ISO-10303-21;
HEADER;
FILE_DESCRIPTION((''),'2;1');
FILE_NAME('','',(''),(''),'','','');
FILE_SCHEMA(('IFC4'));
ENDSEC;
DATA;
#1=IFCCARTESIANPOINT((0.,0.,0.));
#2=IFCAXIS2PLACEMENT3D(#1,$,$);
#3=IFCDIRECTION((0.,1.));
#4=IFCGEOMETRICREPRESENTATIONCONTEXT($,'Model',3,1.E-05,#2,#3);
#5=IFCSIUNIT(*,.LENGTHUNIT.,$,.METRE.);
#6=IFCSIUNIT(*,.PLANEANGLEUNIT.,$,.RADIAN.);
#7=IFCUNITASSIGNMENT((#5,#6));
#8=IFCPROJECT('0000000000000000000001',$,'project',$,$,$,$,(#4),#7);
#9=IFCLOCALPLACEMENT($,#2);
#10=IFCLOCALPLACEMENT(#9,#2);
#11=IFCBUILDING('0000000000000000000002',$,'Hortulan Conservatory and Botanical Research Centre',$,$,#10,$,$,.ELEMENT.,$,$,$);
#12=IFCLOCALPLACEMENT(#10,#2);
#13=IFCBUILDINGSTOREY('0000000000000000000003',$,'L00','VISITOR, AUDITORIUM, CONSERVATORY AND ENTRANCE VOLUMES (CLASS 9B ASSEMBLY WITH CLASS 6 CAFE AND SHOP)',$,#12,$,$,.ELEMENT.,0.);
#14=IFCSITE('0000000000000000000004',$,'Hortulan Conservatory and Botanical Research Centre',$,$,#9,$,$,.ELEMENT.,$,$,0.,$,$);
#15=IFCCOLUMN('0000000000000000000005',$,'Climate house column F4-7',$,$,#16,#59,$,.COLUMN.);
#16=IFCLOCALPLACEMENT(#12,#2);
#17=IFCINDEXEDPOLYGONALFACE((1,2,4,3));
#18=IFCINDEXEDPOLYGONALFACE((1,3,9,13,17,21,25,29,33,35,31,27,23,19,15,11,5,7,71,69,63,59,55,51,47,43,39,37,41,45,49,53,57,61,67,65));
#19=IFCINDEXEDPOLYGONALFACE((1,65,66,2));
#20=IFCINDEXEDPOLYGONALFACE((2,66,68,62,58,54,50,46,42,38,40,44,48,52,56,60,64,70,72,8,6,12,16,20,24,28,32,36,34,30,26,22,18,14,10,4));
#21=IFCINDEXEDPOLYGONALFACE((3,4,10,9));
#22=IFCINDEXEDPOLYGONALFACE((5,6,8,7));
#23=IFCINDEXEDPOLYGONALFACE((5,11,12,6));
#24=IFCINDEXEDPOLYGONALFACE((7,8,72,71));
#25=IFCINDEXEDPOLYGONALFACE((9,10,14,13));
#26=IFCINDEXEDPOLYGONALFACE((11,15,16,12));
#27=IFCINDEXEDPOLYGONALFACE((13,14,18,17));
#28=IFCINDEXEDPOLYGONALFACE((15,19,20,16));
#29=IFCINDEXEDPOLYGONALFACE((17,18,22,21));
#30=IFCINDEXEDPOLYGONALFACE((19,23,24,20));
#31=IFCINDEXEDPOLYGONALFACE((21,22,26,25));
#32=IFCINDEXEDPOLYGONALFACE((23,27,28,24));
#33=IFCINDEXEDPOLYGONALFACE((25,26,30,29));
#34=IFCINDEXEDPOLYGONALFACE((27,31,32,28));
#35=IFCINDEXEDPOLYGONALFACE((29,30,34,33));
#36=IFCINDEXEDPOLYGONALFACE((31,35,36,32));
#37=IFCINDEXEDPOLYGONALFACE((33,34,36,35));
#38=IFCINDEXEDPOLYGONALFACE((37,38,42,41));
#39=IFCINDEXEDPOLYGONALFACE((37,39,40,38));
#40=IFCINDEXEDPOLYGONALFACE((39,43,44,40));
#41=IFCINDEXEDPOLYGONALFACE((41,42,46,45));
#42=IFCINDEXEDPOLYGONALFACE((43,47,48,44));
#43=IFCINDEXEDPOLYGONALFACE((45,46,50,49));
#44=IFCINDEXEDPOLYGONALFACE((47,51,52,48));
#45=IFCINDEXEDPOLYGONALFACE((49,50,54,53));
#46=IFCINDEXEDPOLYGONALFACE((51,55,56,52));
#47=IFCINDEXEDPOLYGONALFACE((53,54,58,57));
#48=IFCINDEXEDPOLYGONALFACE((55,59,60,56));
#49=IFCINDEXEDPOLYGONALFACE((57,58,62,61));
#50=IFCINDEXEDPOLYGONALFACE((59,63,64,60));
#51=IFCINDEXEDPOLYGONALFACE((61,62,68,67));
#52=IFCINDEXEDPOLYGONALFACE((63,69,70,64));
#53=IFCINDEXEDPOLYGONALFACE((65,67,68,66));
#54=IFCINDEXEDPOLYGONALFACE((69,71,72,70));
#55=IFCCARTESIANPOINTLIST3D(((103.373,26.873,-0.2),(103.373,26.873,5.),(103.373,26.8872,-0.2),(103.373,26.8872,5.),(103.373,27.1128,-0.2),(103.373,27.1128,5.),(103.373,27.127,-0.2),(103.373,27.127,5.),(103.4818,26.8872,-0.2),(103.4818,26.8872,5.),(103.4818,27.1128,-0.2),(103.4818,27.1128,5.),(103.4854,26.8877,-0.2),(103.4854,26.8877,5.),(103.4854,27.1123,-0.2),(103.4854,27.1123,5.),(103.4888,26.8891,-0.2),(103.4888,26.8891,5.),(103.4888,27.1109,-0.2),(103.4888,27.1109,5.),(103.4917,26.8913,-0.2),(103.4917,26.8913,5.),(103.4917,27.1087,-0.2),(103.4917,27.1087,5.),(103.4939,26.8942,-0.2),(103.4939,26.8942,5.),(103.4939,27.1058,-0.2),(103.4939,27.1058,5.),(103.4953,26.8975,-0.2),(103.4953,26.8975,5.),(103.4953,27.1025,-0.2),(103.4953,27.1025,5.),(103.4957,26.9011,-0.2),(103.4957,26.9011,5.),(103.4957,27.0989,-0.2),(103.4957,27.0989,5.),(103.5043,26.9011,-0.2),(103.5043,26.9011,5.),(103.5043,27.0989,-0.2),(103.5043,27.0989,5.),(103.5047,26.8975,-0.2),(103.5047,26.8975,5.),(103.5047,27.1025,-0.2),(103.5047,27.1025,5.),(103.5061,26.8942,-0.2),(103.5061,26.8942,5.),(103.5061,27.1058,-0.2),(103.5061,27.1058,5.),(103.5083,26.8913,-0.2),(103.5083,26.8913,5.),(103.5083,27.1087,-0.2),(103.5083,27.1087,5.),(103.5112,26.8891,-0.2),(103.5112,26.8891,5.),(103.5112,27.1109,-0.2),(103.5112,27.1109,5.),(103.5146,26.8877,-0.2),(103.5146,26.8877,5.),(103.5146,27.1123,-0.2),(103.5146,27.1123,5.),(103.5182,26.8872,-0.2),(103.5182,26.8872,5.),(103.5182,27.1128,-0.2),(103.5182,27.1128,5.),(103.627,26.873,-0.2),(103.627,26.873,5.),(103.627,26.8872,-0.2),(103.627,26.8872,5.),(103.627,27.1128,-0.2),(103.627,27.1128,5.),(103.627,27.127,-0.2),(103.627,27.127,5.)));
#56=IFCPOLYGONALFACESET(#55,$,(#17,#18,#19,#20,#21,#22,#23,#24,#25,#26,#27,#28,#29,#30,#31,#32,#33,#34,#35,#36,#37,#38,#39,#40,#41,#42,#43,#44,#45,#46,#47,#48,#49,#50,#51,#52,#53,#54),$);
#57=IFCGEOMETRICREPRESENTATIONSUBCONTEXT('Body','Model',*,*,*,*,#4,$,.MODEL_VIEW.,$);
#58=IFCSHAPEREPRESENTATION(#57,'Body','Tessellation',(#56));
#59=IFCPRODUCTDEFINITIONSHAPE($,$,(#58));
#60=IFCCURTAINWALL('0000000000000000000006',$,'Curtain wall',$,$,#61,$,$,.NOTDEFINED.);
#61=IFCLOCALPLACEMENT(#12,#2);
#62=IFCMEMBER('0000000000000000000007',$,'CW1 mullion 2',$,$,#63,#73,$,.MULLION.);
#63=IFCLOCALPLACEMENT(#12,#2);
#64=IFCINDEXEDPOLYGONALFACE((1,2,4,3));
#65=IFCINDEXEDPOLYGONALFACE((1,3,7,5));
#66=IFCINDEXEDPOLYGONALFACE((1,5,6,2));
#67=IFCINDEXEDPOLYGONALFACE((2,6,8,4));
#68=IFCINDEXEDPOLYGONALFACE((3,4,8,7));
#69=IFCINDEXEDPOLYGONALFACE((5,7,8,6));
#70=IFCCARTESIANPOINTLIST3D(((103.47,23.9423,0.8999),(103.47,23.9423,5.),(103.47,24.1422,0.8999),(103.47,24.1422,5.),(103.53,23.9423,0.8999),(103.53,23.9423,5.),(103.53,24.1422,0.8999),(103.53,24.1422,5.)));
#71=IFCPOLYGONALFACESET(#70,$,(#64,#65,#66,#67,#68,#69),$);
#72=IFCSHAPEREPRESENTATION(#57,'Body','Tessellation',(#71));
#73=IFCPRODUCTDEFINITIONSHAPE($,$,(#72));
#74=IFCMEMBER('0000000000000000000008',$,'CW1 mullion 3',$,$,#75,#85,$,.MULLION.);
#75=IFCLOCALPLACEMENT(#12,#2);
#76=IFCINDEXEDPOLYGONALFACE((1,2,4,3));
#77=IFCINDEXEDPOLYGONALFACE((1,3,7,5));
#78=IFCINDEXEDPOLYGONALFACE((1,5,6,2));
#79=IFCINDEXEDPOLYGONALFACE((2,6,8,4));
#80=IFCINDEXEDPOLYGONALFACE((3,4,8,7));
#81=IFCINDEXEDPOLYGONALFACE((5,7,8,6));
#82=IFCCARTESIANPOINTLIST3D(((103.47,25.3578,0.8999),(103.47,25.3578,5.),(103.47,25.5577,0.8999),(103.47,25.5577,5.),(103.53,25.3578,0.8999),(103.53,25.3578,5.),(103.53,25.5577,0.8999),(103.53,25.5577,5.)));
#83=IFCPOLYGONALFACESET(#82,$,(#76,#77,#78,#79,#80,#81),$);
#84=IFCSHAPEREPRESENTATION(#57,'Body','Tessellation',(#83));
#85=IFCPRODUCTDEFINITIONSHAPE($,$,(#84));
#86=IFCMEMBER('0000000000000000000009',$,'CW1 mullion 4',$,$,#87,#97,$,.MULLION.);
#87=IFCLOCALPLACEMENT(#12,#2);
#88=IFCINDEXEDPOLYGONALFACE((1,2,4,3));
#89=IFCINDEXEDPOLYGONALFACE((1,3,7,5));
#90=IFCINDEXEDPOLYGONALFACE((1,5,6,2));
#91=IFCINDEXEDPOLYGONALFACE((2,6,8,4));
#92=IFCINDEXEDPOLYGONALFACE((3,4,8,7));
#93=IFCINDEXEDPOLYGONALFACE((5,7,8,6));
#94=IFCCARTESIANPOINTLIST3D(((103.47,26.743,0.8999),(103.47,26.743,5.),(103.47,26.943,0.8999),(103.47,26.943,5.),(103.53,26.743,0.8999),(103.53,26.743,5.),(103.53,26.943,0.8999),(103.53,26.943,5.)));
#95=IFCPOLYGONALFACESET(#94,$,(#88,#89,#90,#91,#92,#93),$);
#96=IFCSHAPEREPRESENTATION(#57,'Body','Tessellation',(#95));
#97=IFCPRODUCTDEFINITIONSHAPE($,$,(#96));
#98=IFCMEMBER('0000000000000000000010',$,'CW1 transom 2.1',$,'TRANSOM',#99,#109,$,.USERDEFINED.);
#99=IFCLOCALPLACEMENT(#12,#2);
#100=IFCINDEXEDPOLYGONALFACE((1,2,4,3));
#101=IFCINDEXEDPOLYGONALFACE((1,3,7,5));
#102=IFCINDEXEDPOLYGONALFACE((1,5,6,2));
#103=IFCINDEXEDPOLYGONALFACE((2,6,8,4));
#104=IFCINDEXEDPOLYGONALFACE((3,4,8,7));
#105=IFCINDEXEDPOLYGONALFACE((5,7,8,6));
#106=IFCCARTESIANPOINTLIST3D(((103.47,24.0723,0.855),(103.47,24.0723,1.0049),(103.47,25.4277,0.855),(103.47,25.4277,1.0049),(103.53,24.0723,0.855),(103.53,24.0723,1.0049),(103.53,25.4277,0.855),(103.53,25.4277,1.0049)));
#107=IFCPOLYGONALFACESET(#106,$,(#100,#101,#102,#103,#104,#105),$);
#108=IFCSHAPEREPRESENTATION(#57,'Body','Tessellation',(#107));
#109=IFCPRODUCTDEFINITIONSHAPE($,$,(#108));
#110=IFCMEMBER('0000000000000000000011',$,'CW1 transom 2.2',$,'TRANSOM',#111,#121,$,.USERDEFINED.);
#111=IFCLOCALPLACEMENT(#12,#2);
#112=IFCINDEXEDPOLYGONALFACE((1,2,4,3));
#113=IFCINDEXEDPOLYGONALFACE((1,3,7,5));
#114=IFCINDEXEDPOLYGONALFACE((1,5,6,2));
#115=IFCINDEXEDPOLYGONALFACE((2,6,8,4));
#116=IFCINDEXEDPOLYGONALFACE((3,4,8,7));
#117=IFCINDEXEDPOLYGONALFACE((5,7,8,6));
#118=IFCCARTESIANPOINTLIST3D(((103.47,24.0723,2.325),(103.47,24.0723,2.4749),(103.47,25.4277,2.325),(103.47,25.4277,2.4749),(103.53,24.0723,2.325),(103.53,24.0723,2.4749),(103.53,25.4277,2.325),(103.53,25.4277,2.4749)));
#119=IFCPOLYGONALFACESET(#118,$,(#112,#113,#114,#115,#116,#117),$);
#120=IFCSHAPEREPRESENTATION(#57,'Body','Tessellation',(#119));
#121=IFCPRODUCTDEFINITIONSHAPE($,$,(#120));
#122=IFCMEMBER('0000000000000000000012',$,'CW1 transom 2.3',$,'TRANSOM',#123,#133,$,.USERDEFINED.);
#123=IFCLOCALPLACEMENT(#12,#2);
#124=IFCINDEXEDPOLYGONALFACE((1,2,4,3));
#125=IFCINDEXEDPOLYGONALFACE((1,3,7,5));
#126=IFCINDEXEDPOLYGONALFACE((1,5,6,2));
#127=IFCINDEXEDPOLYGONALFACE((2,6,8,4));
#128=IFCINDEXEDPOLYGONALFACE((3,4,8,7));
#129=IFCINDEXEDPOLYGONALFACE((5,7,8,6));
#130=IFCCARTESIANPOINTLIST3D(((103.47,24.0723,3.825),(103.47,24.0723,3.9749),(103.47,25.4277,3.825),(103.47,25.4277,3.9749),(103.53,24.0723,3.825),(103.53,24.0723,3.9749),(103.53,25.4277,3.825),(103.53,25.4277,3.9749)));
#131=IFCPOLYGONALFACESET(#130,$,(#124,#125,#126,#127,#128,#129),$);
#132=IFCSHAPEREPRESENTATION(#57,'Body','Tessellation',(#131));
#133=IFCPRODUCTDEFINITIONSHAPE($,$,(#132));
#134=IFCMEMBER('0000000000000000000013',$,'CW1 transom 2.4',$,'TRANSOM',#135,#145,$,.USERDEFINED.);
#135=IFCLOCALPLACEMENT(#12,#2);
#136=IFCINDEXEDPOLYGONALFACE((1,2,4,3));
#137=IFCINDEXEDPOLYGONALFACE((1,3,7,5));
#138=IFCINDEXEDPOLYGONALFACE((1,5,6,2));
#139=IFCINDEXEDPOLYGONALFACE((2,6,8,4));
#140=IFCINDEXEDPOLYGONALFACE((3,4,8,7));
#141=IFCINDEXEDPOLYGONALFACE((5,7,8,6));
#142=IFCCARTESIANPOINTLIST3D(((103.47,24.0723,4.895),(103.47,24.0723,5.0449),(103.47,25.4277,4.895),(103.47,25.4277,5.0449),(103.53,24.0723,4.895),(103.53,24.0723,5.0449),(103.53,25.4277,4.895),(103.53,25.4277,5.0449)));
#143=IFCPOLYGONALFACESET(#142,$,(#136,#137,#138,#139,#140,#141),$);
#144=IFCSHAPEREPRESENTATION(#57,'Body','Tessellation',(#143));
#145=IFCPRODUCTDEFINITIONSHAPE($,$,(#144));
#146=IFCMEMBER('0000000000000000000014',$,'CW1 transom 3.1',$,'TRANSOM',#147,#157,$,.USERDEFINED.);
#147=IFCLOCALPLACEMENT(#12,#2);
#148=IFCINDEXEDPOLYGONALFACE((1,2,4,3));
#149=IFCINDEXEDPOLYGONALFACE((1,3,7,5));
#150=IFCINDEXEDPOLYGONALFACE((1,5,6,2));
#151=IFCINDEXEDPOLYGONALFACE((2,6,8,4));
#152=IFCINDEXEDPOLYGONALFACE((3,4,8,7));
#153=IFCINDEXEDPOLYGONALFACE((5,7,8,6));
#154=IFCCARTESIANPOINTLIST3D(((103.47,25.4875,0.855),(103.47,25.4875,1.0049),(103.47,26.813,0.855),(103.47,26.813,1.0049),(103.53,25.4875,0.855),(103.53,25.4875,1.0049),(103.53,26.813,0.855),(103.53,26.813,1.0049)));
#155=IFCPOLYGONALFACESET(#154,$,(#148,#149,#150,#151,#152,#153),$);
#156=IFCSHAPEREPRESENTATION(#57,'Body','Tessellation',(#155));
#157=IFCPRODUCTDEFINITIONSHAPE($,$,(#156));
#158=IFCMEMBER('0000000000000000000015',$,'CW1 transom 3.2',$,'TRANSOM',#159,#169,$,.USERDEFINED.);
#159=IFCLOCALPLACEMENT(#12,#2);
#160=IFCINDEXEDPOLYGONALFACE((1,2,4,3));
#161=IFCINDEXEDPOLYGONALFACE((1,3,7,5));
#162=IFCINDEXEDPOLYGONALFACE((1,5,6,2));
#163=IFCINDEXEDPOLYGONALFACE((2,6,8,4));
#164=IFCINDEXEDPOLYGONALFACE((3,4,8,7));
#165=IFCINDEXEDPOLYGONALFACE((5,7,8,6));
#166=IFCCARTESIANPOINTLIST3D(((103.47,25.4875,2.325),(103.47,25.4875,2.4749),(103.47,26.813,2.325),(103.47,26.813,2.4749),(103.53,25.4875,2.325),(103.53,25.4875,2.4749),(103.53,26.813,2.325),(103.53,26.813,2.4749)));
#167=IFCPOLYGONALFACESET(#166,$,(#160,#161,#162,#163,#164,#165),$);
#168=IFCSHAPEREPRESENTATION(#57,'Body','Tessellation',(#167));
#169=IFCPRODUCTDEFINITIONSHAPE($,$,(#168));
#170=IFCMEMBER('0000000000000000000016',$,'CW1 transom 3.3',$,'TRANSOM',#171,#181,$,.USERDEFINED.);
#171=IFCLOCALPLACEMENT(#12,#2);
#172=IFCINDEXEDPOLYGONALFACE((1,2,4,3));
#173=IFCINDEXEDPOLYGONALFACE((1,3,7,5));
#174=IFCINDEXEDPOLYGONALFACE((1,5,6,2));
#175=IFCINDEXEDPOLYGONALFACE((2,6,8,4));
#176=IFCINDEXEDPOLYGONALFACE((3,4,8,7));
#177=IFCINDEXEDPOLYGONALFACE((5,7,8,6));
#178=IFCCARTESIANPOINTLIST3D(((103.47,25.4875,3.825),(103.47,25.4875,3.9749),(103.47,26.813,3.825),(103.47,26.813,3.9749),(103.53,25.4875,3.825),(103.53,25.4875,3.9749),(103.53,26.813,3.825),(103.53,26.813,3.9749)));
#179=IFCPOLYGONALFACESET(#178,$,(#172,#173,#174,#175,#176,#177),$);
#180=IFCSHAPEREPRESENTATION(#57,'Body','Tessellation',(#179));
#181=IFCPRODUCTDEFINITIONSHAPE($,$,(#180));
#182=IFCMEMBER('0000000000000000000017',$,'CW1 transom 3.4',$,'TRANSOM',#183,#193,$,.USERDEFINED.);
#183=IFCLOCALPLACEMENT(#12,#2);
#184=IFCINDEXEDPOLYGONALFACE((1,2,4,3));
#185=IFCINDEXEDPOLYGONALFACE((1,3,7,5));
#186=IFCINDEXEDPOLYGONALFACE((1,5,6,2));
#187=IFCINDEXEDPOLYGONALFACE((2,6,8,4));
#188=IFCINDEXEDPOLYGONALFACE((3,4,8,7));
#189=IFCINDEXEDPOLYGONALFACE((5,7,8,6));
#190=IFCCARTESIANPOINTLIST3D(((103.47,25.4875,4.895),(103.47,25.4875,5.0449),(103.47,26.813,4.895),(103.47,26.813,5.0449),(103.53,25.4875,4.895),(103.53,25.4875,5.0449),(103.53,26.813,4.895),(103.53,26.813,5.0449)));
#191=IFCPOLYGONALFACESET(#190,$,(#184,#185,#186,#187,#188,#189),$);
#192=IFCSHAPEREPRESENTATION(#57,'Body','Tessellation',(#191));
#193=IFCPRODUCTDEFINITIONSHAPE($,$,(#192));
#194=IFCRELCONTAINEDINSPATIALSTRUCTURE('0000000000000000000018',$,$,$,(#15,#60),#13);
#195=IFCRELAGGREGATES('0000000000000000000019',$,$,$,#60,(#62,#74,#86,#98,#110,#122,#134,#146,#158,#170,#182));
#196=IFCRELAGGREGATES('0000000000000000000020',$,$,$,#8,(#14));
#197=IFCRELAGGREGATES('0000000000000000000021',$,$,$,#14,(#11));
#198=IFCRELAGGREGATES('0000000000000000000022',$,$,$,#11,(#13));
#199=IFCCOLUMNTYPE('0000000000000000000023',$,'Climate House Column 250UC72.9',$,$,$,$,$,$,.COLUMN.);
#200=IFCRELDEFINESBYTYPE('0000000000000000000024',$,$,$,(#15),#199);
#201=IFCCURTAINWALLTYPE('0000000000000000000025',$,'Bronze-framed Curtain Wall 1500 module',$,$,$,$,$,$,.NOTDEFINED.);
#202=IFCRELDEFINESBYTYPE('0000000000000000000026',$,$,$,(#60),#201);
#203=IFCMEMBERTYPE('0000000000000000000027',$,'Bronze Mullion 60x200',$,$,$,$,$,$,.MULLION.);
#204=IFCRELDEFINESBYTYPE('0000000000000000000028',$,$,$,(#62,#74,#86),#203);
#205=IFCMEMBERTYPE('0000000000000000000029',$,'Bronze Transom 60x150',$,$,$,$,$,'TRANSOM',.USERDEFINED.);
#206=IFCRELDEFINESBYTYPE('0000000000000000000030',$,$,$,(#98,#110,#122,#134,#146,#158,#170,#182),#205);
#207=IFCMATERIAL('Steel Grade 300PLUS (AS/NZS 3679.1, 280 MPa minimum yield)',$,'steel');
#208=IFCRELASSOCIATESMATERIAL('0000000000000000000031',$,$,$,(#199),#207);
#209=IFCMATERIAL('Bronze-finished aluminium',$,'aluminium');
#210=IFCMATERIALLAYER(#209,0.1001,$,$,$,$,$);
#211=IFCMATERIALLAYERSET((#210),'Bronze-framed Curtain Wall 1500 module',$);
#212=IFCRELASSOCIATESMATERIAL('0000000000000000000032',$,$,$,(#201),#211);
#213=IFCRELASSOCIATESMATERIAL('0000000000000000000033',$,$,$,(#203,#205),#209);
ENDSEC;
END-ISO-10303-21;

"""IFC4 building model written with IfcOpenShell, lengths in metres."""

from ifc_helpers import new_model, si_unit, direction, frame, origin, origin_2d, place, context, subcontext, project, spatial, rectangle, i_section, extrude, material, layer, layer_set, material_profile, profile_set, type_object, element, aggregate, save


model = new_model("IFC4")

# Units and contexts
model_context = context("Model", 3, precision=1e-05, world=origin(), true_north=direction((0.0, 1.0)))
body_context = subcontext(model_context, "Body", "Model", "MODEL_VIEW")
ifc_project = project(units=[si_unit("LENGTHUNIT", "METRE"), si_unit("PLANEANGLEUNIT", "RADIAN")], contexts=[model_context])

# Site, building, storey
site_placement = place(None, origin())
site = spatial("IfcSite", under=ifc_project, at=site_placement, Name="Hortulan Conservatory and Botanical Research Centre", CompositionType="ELEMENT", RefElevation=0.0)
building_placement = place(site_placement, origin())
building = spatial("IfcBuilding", under=site, at=building_placement, Name="Hortulan Conservatory and Botanical Research Centre", CompositionType="ELEMENT")
storey_placement = place(building_placement, origin())
storey = spatial("IfcBuildingStorey", under=building, at=storey_placement, Name="L00", Description="VISITOR, AUDITORIUM, CONSERVATORY AND ENTRANCE VOLUMES (CLASS 9B ASSEMBLY WITH CLASS 6 CAFE AND SHOP)", CompositionType="ELEMENT", Elevation=0.0)

# Column
ifc_material_1 = material(Name="Steel Grade 300PLUS (AS/NZS 3679.1, 280 MPa minimum yield)", Category="steel")
ifc_material_profile_1 = material_profile(ifc_material_1, i_section(OverallWidth=0.2539, OverallDepth=0.2539, WebThickness=0.0085, FlangeThickness=0.0142, FilletRadius=0.0139, at=origin_2d()), Name="250UC72.9")
ifc_profile_set_1 = profile_set([ifc_material_profile_1], Name="Steel Grade 300PLUS (AS/NZS 3679.1, 280 MPa minimum yield)")
column_type = type_object("IfcColumnType", Name="Climate House Column 250UC72.9", PredefinedType="COLUMN", material=ifc_profile_set_1)
column_placement = place(storey_placement, frame((103.5, 27.0, -0.2), z_axis=(0.0, 0.0, 1.0), x_axis=(1.0, 0.0, 0.0)))
element("IfcColumn", 1, at=column_placement, inside=storey, type_object=column_type, Name="Climate house column F4-7", PredefinedType="COLUMN", context=body_context, shape_type="SweptSolid", body=[
    extrude(i_section(OverallWidth=0.2539, OverallDepth=0.2539, WebThickness=0.0085, FlangeThickness=0.0142, FilletRadius=0.0139, at=origin_2d()), origin(), (0.0, 0.0, 1.0), 5.2),
])

# Curtain wall, members
ifc_material_2 = material(Name="Bronze-finished aluminium", Category="aluminium")
ifc_layer_1 = layer(ifc_material_2, 0.1001)
ifc_layer_set_1 = layer_set([ifc_layer_1], Name="Bronze-framed Curtain Wall 1500 module")
curtain_wall_type = type_object("IfcCurtainWallType", Name="Bronze-framed Curtain Wall 1500 module", PredefinedType="NOTDEFINED", material=ifc_layer_set_1)
curtain_wall_placement = place(storey_placement, origin())
curtain_wall = element("IfcCurtainWall", 2, at=curtain_wall_placement, inside=storey, type_object=curtain_wall_type, Name="Curtain wall", PredefinedType="NOTDEFINED")
ifc_material_profile_2 = material_profile(ifc_material_2, rectangle(XDim=0.0601, YDim=0.2, at=origin_2d()), Name="Bronze Mullion 60x200")
ifc_profile_set_2 = profile_set([ifc_material_profile_2], Name="Bronze-finished aluminium")
member_type_1 = type_object("IfcMemberType", Name="Bronze Mullion 60x200", PredefinedType="MULLION", material=ifc_profile_set_2)
member_1_placement = place(storey_placement, frame((103.5, 24.0422, 0.8999), z_axis=(0.0, 0.0, 1.0), x_axis=(-1.0, 0.0, 0.0)))
member_1 = element("IfcMember", 3, at=member_1_placement, type_object=member_type_1, Name="CW1 mullion 2", PredefinedType="MULLION", context=body_context, shape_type="SweptSolid", body=[
    extrude(rectangle(XDim=0.0601, YDim=0.2, at=origin_2d()), origin(), (0.0, 0.0, 1.0), 4.1001),
])
member_2_placement = place(storey_placement, frame((103.5, 25.4578, 0.8999), z_axis=(0.0, 0.0, 1.0), x_axis=(-1.0, 0.0, 0.0)))
member_2 = element("IfcMember", 4, at=member_2_placement, type_object=member_type_1, Name="CW1 mullion 3", PredefinedType="MULLION", context=body_context, shape_type="SweptSolid", body=[
    extrude(rectangle(XDim=0.0601, YDim=0.2, at=origin_2d()), origin(), (0.0, 0.0, 1.0), 4.1001),
])
member_3_placement = place(storey_placement, frame((103.5, 26.843, 0.8999), z_axis=(0.0, 0.0, 1.0), x_axis=(-1.0, 0.0, 0.0)))
member_3 = element("IfcMember", 5, at=member_3_placement, type_object=member_type_1, Name="CW1 mullion 4", PredefinedType="MULLION", context=body_context, shape_type="SweptSolid", body=[
    extrude(rectangle(XDim=0.0601, YDim=0.2, at=origin_2d()), origin(), (0.0, 0.0, 1.0), 4.1001),
])
ifc_material_profile_3 = material_profile(ifc_material_2, rectangle(XDim=0.0601, YDim=0.1499, at=origin_2d()), Name="Bronze Transom 60x150")
ifc_profile_set_3 = profile_set([ifc_material_profile_3], Name="Bronze-finished aluminium")
member_type_2 = type_object("IfcMemberType", Name="Bronze Transom 60x150", ElementType="TRANSOM", PredefinedType="USERDEFINED", material=ifc_profile_set_3)
member_4_placement = place(storey_placement, frame((103.5, 24.0723, 0.9299), z_axis=(0.0, 1.0, 0.0), x_axis=(-1.0, 0.0, 0.0)))
member_4 = element("IfcMember", 6, at=member_4_placement, type_object=member_type_2, Name="CW1 transom 2.1", ObjectType="TRANSOM", PredefinedType="USERDEFINED", context=body_context, shape_type="SweptSolid", body=[
    extrude(rectangle(XDim=0.0601, YDim=0.1499, at=origin_2d()), origin(), (0.0, 0.0, 1.0), 1.3555),
])
member_5_placement = place(storey_placement, frame((103.5, 24.0723, 2.3999), z_axis=(0.0, 1.0, 0.0), x_axis=(-1.0, 0.0, 0.0)))
member_5 = element("IfcMember", 7, at=member_5_placement, type_object=member_type_2, Name="CW1 transom 2.2", ObjectType="TRANSOM", PredefinedType="USERDEFINED", context=body_context, shape_type="SweptSolid", body=[
    extrude(rectangle(XDim=0.0601, YDim=0.1499, at=origin_2d()), origin(), (0.0, 0.0, 1.0), 1.3555),
])
member_6_placement = place(storey_placement, frame((103.5, 24.0723, 3.8999), z_axis=(0.0, 1.0, 0.0), x_axis=(-1.0, 0.0, 0.0)))
member_6 = element("IfcMember", 8, at=member_6_placement, type_object=member_type_2, Name="CW1 transom 2.3", ObjectType="TRANSOM", PredefinedType="USERDEFINED", context=body_context, shape_type="SweptSolid", body=[
    extrude(rectangle(XDim=0.0601, YDim=0.1499, at=origin_2d()), origin(), (0.0, 0.0, 1.0), 1.3555),
])
member_7_placement = place(storey_placement, frame((103.5, 24.0723, 4.97), z_axis=(0.0, 1.0, 0.0), x_axis=(-1.0, 0.0, 0.0)))
member_7 = element("IfcMember", 9, at=member_7_placement, type_object=member_type_2, Name="CW1 transom 2.4", ObjectType="TRANSOM", PredefinedType="USERDEFINED", context=body_context, shape_type="SweptSolid", body=[
    extrude(rectangle(XDim=0.0601, YDim=0.1499, at=origin_2d()), origin(), (0.0, 0.0, 1.0), 1.3555),
])
member_8_placement = place(storey_placement, frame((103.5, 25.4875, 0.9299), z_axis=(0.0, 1.0, 0.0), x_axis=(-1.0, 0.0, 0.0)))
member_8 = element("IfcMember", 10, at=member_8_placement, type_object=member_type_2, Name="CW1 transom 3.1", ObjectType="TRANSOM", PredefinedType="USERDEFINED", context=body_context, shape_type="SweptSolid", body=[
    extrude(rectangle(XDim=0.0601, YDim=0.1499, at=origin_2d()), origin(), (0.0, 0.0, 1.0), 1.3254),
])
member_9_placement = place(storey_placement, frame((103.5, 25.4875, 2.3999), z_axis=(0.0, 1.0, 0.0), x_axis=(-1.0, 0.0, 0.0)))
member_9 = element("IfcMember", 11, at=member_9_placement, type_object=member_type_2, Name="CW1 transom 3.2", ObjectType="TRANSOM", PredefinedType="USERDEFINED", context=body_context, shape_type="SweptSolid", body=[
    extrude(rectangle(XDim=0.0601, YDim=0.1499, at=origin_2d()), origin(), (0.0, 0.0, 1.0), 1.3254),
])
member_10_placement = place(storey_placement, frame((103.5, 25.4875, 3.8999), z_axis=(0.0, 1.0, 0.0), x_axis=(-1.0, 0.0, 0.0)))
member_10 = element("IfcMember", 12, at=member_10_placement, type_object=member_type_2, Name="CW1 transom 3.3", ObjectType="TRANSOM", PredefinedType="USERDEFINED", context=body_context, shape_type="SweptSolid", body=[
    extrude(rectangle(XDim=0.0601, YDim=0.1499, at=origin_2d()), origin(), (0.0, 0.0, 1.0), 1.3254),
])
member_11_placement = place(storey_placement, frame((103.5, 25.4875, 4.97), z_axis=(0.0, 1.0, 0.0), x_axis=(-1.0, 0.0, 0.0)))
member_11 = element("IfcMember", 13, at=member_11_placement, type_object=member_type_2, Name="CW1 transom 3.4", ObjectType="TRANSOM", PredefinedType="USERDEFINED", context=body_context, shape_type="SweptSolid", body=[
    extrude(rectangle(XDim=0.0601, YDim=0.1499, at=origin_2d()), origin(), (0.0, 0.0, 1.0), 1.3254),
])

aggregate(curtain_wall, [member_1, member_2, member_3, member_4, member_5, member_6, member_7, member_8, member_9, member_10, member_11])

save(model, "model.ifc")
